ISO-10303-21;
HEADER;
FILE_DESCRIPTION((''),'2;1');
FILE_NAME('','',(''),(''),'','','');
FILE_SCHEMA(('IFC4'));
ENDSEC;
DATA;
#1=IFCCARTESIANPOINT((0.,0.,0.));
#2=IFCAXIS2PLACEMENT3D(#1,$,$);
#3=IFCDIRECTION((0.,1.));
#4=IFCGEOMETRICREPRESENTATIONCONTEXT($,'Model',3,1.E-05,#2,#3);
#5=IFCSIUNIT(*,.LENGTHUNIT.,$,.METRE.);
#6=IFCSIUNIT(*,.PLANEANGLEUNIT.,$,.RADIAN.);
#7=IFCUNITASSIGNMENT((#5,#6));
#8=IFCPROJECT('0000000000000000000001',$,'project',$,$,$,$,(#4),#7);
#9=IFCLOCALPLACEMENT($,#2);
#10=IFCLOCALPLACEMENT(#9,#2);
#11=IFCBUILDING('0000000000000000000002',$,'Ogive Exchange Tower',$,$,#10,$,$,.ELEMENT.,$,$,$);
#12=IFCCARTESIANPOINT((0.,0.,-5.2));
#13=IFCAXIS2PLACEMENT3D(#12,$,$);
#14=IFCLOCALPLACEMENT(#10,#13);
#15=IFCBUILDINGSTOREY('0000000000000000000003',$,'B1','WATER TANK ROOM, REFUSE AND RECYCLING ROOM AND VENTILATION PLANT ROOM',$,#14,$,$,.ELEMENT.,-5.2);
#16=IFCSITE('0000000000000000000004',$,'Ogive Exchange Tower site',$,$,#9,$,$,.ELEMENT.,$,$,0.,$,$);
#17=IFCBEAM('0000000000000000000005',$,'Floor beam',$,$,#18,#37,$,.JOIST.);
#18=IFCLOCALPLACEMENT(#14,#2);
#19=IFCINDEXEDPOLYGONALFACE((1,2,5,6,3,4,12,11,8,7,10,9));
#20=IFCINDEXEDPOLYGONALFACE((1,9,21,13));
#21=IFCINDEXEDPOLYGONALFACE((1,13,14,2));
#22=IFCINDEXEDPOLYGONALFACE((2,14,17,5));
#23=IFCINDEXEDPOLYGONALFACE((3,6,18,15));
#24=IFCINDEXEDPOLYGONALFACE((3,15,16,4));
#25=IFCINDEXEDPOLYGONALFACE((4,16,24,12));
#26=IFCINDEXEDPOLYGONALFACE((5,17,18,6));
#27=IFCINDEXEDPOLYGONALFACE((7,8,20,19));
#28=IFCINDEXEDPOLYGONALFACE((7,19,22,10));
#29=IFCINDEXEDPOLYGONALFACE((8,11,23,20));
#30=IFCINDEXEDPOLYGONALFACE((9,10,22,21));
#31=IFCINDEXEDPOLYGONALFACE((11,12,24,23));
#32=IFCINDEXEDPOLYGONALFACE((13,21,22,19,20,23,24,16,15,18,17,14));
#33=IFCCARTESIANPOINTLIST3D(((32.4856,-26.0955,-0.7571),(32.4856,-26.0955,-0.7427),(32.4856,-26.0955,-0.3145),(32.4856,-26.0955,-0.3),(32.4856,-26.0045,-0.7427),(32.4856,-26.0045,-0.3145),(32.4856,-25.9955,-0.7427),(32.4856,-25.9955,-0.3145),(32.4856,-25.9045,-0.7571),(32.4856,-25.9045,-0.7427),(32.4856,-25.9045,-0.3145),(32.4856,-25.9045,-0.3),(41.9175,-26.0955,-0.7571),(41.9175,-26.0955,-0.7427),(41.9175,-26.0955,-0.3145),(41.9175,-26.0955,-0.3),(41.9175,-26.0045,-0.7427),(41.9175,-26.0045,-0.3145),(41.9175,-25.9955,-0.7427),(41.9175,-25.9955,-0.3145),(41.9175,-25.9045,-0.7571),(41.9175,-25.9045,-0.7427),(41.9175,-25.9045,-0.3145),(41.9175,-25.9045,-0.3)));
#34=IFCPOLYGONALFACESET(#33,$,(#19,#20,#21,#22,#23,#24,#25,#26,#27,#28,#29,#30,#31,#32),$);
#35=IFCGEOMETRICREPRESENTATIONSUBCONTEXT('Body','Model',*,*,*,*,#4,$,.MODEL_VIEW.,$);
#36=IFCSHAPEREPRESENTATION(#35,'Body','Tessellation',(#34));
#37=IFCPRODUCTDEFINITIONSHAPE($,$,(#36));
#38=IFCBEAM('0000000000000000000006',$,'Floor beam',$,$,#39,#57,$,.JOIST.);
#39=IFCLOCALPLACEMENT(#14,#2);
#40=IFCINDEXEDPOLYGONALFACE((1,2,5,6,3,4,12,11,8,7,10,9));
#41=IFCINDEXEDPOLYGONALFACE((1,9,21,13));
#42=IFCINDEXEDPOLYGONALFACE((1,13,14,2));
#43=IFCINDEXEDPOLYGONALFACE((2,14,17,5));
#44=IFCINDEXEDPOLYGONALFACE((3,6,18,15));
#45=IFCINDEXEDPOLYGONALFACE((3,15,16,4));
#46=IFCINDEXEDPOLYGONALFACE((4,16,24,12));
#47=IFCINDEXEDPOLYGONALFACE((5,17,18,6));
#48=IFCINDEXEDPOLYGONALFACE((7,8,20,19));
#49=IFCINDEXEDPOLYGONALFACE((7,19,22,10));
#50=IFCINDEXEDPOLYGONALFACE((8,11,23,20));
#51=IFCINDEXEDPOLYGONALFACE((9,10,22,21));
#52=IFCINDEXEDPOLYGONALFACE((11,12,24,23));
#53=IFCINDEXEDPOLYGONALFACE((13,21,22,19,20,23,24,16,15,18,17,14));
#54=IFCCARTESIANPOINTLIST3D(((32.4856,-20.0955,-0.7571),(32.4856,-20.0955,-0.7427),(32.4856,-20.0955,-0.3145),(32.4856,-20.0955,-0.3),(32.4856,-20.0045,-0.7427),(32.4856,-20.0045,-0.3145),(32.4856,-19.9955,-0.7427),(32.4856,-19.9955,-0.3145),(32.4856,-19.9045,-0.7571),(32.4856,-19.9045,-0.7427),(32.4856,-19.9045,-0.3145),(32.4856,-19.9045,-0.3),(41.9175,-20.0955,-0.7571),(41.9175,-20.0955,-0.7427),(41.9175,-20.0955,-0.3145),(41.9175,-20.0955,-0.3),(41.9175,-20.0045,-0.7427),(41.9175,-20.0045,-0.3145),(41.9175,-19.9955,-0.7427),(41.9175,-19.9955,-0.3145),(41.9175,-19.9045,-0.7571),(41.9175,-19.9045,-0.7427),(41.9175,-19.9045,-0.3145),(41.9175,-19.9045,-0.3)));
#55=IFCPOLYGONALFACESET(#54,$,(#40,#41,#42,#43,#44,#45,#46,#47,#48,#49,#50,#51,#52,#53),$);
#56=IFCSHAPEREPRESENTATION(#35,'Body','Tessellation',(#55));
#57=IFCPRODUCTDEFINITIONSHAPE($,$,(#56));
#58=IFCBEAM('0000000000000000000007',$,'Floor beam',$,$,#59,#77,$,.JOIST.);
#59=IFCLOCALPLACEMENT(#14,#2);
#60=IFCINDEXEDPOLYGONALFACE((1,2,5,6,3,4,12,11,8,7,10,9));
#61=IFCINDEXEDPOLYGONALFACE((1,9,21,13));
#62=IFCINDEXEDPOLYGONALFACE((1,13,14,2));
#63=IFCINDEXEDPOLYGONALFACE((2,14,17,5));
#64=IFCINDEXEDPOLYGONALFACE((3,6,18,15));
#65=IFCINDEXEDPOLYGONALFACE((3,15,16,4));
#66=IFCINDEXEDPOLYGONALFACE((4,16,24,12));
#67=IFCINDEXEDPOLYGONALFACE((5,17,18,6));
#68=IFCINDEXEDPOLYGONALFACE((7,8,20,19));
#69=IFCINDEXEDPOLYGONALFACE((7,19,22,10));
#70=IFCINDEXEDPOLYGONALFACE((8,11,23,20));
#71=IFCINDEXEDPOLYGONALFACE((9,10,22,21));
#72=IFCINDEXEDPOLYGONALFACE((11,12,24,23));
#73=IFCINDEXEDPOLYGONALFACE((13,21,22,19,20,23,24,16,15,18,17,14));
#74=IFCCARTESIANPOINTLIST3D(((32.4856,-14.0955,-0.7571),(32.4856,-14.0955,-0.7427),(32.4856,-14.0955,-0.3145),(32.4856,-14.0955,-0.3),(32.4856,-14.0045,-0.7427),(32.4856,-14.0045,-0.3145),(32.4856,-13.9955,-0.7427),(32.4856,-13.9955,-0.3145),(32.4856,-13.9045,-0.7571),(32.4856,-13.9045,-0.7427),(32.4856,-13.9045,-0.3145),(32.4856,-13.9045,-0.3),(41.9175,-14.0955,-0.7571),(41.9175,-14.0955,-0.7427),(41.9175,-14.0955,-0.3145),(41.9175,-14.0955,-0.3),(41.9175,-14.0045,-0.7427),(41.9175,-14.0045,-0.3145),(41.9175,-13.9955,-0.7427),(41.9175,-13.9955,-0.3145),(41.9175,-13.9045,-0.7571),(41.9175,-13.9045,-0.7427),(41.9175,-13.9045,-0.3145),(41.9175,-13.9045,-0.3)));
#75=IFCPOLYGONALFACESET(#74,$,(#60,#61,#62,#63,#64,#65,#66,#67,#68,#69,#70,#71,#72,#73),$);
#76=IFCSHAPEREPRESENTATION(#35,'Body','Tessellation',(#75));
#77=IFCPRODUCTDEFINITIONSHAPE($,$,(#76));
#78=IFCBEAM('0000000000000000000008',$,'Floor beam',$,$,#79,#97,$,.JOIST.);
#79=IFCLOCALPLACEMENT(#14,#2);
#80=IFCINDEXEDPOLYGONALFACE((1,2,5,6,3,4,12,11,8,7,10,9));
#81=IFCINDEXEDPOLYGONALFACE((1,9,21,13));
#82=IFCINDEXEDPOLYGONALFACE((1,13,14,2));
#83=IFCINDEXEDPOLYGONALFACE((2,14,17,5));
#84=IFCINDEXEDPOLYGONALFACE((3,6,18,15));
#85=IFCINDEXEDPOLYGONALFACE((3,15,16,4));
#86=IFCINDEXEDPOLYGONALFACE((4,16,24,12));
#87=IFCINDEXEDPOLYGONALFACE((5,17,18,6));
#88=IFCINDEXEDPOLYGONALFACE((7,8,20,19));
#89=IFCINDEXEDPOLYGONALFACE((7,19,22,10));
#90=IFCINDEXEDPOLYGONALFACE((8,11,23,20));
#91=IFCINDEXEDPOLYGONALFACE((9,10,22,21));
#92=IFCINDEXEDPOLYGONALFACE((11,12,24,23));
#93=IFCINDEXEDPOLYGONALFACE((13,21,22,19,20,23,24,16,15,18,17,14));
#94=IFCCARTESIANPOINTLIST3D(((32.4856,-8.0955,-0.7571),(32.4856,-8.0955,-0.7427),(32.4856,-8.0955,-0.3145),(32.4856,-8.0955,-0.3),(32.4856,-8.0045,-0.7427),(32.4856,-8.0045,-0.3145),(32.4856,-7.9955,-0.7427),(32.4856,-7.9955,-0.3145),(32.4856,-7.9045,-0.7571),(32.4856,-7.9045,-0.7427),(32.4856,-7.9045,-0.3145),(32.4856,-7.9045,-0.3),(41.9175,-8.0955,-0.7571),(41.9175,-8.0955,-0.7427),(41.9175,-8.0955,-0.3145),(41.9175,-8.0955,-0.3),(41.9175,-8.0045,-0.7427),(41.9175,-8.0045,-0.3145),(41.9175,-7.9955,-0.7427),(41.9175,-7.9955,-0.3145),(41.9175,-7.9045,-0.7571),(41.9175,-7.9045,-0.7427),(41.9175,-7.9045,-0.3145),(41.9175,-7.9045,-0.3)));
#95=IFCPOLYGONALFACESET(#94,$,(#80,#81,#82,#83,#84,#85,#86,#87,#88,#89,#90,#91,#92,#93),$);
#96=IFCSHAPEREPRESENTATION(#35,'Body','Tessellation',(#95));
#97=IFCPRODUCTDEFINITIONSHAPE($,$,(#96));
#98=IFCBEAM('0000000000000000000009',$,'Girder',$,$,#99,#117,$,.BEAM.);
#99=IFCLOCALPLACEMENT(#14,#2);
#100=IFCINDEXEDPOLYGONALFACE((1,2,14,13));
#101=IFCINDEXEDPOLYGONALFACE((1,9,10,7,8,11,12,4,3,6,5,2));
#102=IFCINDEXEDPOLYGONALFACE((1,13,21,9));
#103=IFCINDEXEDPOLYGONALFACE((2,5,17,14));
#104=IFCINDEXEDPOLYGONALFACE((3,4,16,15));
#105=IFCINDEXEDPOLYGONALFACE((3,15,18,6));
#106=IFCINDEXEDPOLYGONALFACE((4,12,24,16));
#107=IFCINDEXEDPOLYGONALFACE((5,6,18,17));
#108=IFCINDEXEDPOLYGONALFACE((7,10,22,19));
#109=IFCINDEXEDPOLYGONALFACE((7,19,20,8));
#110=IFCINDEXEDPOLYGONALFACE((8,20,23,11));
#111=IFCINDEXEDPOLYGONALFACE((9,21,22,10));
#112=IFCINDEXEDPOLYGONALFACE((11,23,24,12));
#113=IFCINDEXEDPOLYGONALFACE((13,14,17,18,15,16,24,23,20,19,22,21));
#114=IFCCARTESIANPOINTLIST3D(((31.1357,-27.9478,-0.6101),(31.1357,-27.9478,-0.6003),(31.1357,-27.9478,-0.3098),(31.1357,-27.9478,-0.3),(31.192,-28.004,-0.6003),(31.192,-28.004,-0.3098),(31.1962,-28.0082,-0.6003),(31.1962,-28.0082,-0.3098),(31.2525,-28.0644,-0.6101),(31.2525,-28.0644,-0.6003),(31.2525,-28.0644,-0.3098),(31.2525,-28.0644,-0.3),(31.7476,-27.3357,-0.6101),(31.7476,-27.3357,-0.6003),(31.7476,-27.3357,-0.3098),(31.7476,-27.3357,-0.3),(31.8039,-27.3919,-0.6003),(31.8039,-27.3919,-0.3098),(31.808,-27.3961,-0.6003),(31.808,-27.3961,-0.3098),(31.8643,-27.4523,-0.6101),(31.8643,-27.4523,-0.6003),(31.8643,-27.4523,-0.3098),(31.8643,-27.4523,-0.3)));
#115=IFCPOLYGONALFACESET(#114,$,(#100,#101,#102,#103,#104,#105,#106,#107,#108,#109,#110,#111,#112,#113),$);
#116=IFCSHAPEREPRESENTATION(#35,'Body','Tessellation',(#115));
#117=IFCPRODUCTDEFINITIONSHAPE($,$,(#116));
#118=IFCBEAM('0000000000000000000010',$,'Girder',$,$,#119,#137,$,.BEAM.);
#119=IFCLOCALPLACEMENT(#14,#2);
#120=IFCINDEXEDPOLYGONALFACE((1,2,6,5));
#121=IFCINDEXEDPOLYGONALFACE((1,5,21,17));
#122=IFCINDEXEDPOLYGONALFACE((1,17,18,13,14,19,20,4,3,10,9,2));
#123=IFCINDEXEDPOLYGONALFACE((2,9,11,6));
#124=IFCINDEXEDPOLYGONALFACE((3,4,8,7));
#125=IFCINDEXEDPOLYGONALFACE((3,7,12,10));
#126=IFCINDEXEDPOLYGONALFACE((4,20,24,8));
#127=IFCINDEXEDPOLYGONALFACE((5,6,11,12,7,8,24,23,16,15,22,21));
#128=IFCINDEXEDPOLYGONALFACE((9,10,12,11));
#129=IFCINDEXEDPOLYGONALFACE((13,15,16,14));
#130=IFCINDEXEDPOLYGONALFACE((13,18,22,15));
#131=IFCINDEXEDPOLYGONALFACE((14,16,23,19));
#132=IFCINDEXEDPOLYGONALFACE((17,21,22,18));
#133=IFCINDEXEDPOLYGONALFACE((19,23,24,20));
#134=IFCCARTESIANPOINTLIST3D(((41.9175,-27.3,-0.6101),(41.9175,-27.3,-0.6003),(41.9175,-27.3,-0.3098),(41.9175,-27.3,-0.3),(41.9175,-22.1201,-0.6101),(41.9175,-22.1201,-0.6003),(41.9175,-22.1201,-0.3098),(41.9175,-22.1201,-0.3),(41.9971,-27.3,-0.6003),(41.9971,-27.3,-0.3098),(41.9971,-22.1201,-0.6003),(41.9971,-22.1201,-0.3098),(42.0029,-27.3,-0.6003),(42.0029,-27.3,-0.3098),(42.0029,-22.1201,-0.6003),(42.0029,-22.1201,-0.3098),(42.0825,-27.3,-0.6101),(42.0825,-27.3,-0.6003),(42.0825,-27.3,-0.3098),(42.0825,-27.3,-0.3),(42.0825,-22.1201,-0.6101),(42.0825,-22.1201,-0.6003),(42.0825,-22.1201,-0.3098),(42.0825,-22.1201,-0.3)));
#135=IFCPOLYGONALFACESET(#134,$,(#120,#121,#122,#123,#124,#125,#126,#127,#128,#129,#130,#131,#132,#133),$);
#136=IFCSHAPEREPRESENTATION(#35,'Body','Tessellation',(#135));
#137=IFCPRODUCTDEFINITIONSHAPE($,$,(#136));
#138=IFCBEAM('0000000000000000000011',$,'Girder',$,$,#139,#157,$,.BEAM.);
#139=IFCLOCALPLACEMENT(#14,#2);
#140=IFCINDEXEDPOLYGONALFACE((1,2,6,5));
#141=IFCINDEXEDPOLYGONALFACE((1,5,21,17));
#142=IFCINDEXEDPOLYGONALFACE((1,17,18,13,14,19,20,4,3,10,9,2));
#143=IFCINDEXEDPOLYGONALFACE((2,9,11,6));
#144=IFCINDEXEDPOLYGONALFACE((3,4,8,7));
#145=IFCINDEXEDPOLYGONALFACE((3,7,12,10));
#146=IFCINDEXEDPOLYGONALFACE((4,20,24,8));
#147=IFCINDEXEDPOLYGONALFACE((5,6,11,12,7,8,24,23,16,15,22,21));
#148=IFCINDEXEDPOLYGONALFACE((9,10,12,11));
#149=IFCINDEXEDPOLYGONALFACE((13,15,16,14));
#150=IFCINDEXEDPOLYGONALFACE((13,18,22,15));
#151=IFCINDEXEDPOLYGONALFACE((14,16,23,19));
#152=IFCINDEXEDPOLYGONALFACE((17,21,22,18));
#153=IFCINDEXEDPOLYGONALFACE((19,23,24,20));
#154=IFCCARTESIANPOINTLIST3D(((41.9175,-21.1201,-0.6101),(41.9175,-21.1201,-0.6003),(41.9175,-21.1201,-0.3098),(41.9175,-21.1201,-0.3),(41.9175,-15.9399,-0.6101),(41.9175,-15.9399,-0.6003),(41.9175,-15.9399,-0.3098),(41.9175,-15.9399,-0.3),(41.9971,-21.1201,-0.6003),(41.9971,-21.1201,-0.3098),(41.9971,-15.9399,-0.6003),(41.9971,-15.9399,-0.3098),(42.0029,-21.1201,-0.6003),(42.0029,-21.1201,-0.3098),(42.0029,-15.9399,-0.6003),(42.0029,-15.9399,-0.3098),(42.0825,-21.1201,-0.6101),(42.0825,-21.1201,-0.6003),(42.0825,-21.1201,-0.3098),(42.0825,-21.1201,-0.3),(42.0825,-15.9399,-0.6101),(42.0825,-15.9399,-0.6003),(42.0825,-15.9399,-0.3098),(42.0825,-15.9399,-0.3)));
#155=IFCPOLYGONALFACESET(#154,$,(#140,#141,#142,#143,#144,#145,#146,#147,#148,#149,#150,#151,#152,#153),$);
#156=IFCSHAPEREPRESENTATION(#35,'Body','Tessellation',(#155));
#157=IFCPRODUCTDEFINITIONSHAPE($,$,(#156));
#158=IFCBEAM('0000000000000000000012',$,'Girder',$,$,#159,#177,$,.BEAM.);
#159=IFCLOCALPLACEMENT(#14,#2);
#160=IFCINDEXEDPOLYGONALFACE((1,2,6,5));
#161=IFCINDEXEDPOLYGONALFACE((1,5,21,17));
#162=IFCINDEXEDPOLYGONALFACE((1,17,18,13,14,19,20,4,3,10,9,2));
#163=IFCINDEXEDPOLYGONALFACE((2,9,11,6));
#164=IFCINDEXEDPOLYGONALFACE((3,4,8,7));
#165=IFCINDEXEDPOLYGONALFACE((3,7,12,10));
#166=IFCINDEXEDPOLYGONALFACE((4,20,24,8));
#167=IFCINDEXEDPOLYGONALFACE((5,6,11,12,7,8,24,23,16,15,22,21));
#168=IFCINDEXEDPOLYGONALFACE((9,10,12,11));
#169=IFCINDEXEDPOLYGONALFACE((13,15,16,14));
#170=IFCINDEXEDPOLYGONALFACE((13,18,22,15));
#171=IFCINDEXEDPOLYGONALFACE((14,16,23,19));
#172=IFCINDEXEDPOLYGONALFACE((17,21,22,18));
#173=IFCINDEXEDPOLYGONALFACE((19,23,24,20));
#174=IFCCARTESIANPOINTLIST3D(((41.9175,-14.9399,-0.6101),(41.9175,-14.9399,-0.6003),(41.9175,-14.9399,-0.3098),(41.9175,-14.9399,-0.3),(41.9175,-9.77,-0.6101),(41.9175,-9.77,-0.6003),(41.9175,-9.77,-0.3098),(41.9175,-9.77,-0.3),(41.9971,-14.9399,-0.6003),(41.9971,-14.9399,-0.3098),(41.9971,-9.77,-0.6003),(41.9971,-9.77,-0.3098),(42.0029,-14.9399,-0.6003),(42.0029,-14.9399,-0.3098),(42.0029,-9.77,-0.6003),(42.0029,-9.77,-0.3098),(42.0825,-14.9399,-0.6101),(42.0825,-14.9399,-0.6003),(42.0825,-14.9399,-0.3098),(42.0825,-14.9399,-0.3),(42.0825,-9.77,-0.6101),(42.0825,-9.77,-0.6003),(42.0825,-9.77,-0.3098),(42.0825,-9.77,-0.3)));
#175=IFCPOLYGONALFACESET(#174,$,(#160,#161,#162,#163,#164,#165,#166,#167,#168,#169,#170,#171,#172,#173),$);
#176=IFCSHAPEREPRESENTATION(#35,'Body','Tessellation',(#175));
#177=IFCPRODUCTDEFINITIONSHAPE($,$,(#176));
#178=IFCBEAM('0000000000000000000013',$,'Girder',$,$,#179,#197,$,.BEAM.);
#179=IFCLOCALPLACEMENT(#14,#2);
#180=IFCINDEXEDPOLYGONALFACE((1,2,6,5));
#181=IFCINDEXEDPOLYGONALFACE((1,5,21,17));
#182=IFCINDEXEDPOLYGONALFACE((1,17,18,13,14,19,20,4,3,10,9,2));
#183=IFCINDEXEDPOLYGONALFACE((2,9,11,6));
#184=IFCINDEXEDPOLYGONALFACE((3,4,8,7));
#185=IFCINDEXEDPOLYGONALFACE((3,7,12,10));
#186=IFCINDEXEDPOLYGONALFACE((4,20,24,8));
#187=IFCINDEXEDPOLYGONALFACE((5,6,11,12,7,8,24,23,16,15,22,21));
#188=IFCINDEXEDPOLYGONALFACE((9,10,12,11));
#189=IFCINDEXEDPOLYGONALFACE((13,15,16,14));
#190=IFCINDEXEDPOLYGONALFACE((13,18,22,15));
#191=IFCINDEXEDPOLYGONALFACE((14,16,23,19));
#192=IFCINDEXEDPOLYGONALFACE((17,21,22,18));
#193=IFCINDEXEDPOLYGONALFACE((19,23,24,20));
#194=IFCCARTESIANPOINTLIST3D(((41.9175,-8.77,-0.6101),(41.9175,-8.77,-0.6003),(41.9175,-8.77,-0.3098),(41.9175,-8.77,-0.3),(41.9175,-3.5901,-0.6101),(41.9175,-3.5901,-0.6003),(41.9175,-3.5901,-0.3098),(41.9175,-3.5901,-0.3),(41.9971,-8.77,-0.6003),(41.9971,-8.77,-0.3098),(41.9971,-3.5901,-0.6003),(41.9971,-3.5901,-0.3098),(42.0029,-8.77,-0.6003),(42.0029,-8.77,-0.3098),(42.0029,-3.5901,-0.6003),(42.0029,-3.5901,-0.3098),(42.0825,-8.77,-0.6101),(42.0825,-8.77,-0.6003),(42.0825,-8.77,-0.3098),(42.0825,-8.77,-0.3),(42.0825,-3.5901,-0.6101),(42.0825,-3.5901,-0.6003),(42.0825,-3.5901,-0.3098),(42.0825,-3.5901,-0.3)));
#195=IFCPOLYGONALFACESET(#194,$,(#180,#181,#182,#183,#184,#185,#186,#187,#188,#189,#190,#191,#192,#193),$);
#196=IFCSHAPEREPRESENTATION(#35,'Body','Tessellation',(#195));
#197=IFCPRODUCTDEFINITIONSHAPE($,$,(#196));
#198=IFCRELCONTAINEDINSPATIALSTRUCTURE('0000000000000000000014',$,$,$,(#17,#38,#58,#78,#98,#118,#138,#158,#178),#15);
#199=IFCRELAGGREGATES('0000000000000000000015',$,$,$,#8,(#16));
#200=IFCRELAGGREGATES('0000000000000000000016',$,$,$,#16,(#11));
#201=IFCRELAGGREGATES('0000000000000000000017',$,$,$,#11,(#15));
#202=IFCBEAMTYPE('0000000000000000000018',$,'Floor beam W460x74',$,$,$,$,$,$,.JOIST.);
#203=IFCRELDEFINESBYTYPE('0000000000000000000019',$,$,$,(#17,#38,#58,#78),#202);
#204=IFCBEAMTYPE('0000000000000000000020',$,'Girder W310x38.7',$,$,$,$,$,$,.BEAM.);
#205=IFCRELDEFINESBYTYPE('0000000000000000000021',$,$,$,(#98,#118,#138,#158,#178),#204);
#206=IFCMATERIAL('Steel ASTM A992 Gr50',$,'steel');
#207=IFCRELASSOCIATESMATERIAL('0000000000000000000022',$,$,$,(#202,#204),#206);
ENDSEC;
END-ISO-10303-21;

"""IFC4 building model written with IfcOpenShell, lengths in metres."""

from ifc_helpers import new_model, si_unit, direction, frame, origin, origin_2d, place, context, subcontext, project, spatial, i_section, extrude, material, material_profile, profile_set, type_object, element, save


model = new_model("IFC4")

# Units and contexts
model_context = context("Model", 3, precision=1e-05, world=origin(), true_north=direction((0.0, 1.0)))
body_context = subcontext(model_context, "Body", "Model", "MODEL_VIEW")
ifc_project = project(units=[si_unit("LENGTHUNIT", "METRE"), si_unit("PLANEANGLEUNIT", "RADIAN")], contexts=[model_context])

# Site, building, storey
site_placement = place(None, origin())
site = spatial("IfcSite", under=ifc_project, at=site_placement, Name="Ogive Exchange Tower site", CompositionType="ELEMENT", RefElevation=0.0)
building_placement = place(site_placement, origin())
building = spatial("IfcBuilding", under=site, at=building_placement, Name="Ogive Exchange Tower", CompositionType="ELEMENT")
storey_placement = place(building_placement, frame((0.0, 0.0, -5.2)))
storey = spatial("IfcBuildingStorey", under=building, at=storey_placement, Name="B1", Description="WATER TANK ROOM, REFUSE AND RECYCLING ROOM AND VENTILATION PLANT ROOM", CompositionType="ELEMENT", Elevation=-5.2)

# Beams
ifc_material_1 = material(Name="Steel ASTM A992 Gr50", Category="steel")
ifc_material_profile_1 = material_profile(ifc_material_1, i_section(OverallWidth=0.1909, OverallDepth=0.457, WebThickness=0.009, FlangeThickness=0.0144, at=origin_2d()), Name="W460x74")
ifc_profile_set_1 = profile_set([ifc_material_profile_1], Name="Steel ASTM A992 Gr50")
beam_type_1 = type_object("IfcBeamType", Name="Floor beam W460x74", PredefinedType="JOIST", material=ifc_profile_set_1)
for number, where, z_axis, x_axis, name in (
    (1, (32.4856, -26.0, -0.5286), (1.0, 0.0, 0.0), (0.0, 1.0, 0.0), "Floor beam"),
    (2, (32.4856, -20.0, -0.5286), (1.0, 0.0, 0.0), (0.0, 1.0, 0.0), "Floor beam"),
    (3, (32.4856, -14.0, -0.5286), (1.0, 0.0, 0.0), (0.0, 1.0, 0.0), "Floor beam"),
    (4, (32.4856, -8.0, -0.5286), (1.0, 0.0, 0.0), (0.0, 1.0, 0.0), "Floor beam"),
):
    element("IfcBeam", number, at=place(storey_placement, frame(where, z_axis=z_axis, x_axis=x_axis)), inside=storey, type_object=beam_type_1, Name=name, PredefinedType="JOIST", context=body_context, shape_type="SweptSolid", body=[
        extrude(i_section(OverallWidth=0.1909, OverallDepth=0.457, WebThickness=0.009, FlangeThickness=0.0144, at=origin_2d()), origin(), (0.0, 0.0, 1.0), 9.4319),
    ])
ifc_material_profile_2 = material_profile(ifc_material_1, i_section(OverallWidth=0.165, OverallDepth=0.3101, WebThickness=0.0059, FlangeThickness=0.0098, at=origin_2d()), Name="W310x38.7")
ifc_profile_set_2 = profile_set([ifc_material_profile_2], Name="Steel ASTM A992 Gr50")
beam_type_2 = type_object("IfcBeamType", Name="Girder W310x38.7", PredefinedType="BEAM", material=ifc_profile_set_2)
beam_1_placement = place(storey_placement, frame((31.1941, -28.0061, -0.4551), z_axis=(0.706966, 0.707248, 0.0), x_axis=(-0.707248, 0.706966, 0.0)))
element("IfcBeam", 5, at=beam_1_placement, inside=storey, type_object=beam_type_2, Name="Girder", PredefinedType="BEAM", context=body_context, shape_type="SweptSolid", body=[
    extrude(i_section(OverallWidth=0.165, OverallDepth=0.3101, WebThickness=0.0059, FlangeThickness=0.0098, at=origin_2d()), origin(), (0.0, 0.0, 1.0), 0.8655),
])
beam_2_placement = place(storey_placement, frame((42.0, -27.3, -0.4551), z_axis=(0.0, 1.0, 0.0), x_axis=(-1.0, 0.0, 0.0)))
element("IfcBeam", 6, at=beam_2_placement, inside=storey, type_object=beam_type_2, Name="Girder", PredefinedType="BEAM", context=body_context, shape_type="SweptSolid", body=[
    extrude(i_section(OverallWidth=0.165, OverallDepth=0.3101, WebThickness=0.0059, FlangeThickness=0.0098, at=origin_2d()), origin(), (0.0, 0.0, 1.0), 5.1799),
])
beam_3_placement = place(storey_placement, frame((42.0, -21.1201, -0.4551), z_axis=(0.0, 1.0, 0.0), x_axis=(-1.0, 0.0, 0.0)))
element("IfcBeam", 7, at=beam_3_placement, inside=storey, type_object=beam_type_2, Name="Girder", PredefinedType="BEAM", context=body_context, shape_type="SweptSolid", body=[
    extrude(i_section(OverallWidth=0.165, OverallDepth=0.3101, WebThickness=0.0059, FlangeThickness=0.0098, at=origin_2d()), origin(), (0.0, 0.0, 1.0), 5.1802),
])
beam_4_placement = place(storey_placement, frame((42.0, -14.9399, -0.4551), z_axis=(0.0, 1.0, 0.0), x_axis=(-1.0, 0.0, 0.0)))
element("IfcBeam", 8, at=beam_4_placement, inside=storey, type_object=beam_type_2, Name="Girder", PredefinedType="BEAM", context=body_context, shape_type="SweptSolid", body=[
    extrude(i_section(OverallWidth=0.165, OverallDepth=0.3101, WebThickness=0.0059, FlangeThickness=0.0098, at=origin_2d()), origin(), (0.0, 0.0, 1.0), 5.1699),
])
beam_5_placement = place(storey_placement, frame((42.0, -8.77, -0.4551), z_axis=(0.0, 1.0, 0.0), x_axis=(-1.0, 0.0, 0.0)))
element("IfcBeam", 9, at=beam_5_placement, inside=storey, type_object=beam_type_2, Name="Girder", PredefinedType="BEAM", context=body_context, shape_type="SweptSolid", body=[
    extrude(i_section(OverallWidth=0.165, OverallDepth=0.3101, WebThickness=0.0059, FlangeThickness=0.0098, at=origin_2d()), origin(), (0.0, 0.0, 1.0), 5.1799),
])

save(model, "model.ifc")
